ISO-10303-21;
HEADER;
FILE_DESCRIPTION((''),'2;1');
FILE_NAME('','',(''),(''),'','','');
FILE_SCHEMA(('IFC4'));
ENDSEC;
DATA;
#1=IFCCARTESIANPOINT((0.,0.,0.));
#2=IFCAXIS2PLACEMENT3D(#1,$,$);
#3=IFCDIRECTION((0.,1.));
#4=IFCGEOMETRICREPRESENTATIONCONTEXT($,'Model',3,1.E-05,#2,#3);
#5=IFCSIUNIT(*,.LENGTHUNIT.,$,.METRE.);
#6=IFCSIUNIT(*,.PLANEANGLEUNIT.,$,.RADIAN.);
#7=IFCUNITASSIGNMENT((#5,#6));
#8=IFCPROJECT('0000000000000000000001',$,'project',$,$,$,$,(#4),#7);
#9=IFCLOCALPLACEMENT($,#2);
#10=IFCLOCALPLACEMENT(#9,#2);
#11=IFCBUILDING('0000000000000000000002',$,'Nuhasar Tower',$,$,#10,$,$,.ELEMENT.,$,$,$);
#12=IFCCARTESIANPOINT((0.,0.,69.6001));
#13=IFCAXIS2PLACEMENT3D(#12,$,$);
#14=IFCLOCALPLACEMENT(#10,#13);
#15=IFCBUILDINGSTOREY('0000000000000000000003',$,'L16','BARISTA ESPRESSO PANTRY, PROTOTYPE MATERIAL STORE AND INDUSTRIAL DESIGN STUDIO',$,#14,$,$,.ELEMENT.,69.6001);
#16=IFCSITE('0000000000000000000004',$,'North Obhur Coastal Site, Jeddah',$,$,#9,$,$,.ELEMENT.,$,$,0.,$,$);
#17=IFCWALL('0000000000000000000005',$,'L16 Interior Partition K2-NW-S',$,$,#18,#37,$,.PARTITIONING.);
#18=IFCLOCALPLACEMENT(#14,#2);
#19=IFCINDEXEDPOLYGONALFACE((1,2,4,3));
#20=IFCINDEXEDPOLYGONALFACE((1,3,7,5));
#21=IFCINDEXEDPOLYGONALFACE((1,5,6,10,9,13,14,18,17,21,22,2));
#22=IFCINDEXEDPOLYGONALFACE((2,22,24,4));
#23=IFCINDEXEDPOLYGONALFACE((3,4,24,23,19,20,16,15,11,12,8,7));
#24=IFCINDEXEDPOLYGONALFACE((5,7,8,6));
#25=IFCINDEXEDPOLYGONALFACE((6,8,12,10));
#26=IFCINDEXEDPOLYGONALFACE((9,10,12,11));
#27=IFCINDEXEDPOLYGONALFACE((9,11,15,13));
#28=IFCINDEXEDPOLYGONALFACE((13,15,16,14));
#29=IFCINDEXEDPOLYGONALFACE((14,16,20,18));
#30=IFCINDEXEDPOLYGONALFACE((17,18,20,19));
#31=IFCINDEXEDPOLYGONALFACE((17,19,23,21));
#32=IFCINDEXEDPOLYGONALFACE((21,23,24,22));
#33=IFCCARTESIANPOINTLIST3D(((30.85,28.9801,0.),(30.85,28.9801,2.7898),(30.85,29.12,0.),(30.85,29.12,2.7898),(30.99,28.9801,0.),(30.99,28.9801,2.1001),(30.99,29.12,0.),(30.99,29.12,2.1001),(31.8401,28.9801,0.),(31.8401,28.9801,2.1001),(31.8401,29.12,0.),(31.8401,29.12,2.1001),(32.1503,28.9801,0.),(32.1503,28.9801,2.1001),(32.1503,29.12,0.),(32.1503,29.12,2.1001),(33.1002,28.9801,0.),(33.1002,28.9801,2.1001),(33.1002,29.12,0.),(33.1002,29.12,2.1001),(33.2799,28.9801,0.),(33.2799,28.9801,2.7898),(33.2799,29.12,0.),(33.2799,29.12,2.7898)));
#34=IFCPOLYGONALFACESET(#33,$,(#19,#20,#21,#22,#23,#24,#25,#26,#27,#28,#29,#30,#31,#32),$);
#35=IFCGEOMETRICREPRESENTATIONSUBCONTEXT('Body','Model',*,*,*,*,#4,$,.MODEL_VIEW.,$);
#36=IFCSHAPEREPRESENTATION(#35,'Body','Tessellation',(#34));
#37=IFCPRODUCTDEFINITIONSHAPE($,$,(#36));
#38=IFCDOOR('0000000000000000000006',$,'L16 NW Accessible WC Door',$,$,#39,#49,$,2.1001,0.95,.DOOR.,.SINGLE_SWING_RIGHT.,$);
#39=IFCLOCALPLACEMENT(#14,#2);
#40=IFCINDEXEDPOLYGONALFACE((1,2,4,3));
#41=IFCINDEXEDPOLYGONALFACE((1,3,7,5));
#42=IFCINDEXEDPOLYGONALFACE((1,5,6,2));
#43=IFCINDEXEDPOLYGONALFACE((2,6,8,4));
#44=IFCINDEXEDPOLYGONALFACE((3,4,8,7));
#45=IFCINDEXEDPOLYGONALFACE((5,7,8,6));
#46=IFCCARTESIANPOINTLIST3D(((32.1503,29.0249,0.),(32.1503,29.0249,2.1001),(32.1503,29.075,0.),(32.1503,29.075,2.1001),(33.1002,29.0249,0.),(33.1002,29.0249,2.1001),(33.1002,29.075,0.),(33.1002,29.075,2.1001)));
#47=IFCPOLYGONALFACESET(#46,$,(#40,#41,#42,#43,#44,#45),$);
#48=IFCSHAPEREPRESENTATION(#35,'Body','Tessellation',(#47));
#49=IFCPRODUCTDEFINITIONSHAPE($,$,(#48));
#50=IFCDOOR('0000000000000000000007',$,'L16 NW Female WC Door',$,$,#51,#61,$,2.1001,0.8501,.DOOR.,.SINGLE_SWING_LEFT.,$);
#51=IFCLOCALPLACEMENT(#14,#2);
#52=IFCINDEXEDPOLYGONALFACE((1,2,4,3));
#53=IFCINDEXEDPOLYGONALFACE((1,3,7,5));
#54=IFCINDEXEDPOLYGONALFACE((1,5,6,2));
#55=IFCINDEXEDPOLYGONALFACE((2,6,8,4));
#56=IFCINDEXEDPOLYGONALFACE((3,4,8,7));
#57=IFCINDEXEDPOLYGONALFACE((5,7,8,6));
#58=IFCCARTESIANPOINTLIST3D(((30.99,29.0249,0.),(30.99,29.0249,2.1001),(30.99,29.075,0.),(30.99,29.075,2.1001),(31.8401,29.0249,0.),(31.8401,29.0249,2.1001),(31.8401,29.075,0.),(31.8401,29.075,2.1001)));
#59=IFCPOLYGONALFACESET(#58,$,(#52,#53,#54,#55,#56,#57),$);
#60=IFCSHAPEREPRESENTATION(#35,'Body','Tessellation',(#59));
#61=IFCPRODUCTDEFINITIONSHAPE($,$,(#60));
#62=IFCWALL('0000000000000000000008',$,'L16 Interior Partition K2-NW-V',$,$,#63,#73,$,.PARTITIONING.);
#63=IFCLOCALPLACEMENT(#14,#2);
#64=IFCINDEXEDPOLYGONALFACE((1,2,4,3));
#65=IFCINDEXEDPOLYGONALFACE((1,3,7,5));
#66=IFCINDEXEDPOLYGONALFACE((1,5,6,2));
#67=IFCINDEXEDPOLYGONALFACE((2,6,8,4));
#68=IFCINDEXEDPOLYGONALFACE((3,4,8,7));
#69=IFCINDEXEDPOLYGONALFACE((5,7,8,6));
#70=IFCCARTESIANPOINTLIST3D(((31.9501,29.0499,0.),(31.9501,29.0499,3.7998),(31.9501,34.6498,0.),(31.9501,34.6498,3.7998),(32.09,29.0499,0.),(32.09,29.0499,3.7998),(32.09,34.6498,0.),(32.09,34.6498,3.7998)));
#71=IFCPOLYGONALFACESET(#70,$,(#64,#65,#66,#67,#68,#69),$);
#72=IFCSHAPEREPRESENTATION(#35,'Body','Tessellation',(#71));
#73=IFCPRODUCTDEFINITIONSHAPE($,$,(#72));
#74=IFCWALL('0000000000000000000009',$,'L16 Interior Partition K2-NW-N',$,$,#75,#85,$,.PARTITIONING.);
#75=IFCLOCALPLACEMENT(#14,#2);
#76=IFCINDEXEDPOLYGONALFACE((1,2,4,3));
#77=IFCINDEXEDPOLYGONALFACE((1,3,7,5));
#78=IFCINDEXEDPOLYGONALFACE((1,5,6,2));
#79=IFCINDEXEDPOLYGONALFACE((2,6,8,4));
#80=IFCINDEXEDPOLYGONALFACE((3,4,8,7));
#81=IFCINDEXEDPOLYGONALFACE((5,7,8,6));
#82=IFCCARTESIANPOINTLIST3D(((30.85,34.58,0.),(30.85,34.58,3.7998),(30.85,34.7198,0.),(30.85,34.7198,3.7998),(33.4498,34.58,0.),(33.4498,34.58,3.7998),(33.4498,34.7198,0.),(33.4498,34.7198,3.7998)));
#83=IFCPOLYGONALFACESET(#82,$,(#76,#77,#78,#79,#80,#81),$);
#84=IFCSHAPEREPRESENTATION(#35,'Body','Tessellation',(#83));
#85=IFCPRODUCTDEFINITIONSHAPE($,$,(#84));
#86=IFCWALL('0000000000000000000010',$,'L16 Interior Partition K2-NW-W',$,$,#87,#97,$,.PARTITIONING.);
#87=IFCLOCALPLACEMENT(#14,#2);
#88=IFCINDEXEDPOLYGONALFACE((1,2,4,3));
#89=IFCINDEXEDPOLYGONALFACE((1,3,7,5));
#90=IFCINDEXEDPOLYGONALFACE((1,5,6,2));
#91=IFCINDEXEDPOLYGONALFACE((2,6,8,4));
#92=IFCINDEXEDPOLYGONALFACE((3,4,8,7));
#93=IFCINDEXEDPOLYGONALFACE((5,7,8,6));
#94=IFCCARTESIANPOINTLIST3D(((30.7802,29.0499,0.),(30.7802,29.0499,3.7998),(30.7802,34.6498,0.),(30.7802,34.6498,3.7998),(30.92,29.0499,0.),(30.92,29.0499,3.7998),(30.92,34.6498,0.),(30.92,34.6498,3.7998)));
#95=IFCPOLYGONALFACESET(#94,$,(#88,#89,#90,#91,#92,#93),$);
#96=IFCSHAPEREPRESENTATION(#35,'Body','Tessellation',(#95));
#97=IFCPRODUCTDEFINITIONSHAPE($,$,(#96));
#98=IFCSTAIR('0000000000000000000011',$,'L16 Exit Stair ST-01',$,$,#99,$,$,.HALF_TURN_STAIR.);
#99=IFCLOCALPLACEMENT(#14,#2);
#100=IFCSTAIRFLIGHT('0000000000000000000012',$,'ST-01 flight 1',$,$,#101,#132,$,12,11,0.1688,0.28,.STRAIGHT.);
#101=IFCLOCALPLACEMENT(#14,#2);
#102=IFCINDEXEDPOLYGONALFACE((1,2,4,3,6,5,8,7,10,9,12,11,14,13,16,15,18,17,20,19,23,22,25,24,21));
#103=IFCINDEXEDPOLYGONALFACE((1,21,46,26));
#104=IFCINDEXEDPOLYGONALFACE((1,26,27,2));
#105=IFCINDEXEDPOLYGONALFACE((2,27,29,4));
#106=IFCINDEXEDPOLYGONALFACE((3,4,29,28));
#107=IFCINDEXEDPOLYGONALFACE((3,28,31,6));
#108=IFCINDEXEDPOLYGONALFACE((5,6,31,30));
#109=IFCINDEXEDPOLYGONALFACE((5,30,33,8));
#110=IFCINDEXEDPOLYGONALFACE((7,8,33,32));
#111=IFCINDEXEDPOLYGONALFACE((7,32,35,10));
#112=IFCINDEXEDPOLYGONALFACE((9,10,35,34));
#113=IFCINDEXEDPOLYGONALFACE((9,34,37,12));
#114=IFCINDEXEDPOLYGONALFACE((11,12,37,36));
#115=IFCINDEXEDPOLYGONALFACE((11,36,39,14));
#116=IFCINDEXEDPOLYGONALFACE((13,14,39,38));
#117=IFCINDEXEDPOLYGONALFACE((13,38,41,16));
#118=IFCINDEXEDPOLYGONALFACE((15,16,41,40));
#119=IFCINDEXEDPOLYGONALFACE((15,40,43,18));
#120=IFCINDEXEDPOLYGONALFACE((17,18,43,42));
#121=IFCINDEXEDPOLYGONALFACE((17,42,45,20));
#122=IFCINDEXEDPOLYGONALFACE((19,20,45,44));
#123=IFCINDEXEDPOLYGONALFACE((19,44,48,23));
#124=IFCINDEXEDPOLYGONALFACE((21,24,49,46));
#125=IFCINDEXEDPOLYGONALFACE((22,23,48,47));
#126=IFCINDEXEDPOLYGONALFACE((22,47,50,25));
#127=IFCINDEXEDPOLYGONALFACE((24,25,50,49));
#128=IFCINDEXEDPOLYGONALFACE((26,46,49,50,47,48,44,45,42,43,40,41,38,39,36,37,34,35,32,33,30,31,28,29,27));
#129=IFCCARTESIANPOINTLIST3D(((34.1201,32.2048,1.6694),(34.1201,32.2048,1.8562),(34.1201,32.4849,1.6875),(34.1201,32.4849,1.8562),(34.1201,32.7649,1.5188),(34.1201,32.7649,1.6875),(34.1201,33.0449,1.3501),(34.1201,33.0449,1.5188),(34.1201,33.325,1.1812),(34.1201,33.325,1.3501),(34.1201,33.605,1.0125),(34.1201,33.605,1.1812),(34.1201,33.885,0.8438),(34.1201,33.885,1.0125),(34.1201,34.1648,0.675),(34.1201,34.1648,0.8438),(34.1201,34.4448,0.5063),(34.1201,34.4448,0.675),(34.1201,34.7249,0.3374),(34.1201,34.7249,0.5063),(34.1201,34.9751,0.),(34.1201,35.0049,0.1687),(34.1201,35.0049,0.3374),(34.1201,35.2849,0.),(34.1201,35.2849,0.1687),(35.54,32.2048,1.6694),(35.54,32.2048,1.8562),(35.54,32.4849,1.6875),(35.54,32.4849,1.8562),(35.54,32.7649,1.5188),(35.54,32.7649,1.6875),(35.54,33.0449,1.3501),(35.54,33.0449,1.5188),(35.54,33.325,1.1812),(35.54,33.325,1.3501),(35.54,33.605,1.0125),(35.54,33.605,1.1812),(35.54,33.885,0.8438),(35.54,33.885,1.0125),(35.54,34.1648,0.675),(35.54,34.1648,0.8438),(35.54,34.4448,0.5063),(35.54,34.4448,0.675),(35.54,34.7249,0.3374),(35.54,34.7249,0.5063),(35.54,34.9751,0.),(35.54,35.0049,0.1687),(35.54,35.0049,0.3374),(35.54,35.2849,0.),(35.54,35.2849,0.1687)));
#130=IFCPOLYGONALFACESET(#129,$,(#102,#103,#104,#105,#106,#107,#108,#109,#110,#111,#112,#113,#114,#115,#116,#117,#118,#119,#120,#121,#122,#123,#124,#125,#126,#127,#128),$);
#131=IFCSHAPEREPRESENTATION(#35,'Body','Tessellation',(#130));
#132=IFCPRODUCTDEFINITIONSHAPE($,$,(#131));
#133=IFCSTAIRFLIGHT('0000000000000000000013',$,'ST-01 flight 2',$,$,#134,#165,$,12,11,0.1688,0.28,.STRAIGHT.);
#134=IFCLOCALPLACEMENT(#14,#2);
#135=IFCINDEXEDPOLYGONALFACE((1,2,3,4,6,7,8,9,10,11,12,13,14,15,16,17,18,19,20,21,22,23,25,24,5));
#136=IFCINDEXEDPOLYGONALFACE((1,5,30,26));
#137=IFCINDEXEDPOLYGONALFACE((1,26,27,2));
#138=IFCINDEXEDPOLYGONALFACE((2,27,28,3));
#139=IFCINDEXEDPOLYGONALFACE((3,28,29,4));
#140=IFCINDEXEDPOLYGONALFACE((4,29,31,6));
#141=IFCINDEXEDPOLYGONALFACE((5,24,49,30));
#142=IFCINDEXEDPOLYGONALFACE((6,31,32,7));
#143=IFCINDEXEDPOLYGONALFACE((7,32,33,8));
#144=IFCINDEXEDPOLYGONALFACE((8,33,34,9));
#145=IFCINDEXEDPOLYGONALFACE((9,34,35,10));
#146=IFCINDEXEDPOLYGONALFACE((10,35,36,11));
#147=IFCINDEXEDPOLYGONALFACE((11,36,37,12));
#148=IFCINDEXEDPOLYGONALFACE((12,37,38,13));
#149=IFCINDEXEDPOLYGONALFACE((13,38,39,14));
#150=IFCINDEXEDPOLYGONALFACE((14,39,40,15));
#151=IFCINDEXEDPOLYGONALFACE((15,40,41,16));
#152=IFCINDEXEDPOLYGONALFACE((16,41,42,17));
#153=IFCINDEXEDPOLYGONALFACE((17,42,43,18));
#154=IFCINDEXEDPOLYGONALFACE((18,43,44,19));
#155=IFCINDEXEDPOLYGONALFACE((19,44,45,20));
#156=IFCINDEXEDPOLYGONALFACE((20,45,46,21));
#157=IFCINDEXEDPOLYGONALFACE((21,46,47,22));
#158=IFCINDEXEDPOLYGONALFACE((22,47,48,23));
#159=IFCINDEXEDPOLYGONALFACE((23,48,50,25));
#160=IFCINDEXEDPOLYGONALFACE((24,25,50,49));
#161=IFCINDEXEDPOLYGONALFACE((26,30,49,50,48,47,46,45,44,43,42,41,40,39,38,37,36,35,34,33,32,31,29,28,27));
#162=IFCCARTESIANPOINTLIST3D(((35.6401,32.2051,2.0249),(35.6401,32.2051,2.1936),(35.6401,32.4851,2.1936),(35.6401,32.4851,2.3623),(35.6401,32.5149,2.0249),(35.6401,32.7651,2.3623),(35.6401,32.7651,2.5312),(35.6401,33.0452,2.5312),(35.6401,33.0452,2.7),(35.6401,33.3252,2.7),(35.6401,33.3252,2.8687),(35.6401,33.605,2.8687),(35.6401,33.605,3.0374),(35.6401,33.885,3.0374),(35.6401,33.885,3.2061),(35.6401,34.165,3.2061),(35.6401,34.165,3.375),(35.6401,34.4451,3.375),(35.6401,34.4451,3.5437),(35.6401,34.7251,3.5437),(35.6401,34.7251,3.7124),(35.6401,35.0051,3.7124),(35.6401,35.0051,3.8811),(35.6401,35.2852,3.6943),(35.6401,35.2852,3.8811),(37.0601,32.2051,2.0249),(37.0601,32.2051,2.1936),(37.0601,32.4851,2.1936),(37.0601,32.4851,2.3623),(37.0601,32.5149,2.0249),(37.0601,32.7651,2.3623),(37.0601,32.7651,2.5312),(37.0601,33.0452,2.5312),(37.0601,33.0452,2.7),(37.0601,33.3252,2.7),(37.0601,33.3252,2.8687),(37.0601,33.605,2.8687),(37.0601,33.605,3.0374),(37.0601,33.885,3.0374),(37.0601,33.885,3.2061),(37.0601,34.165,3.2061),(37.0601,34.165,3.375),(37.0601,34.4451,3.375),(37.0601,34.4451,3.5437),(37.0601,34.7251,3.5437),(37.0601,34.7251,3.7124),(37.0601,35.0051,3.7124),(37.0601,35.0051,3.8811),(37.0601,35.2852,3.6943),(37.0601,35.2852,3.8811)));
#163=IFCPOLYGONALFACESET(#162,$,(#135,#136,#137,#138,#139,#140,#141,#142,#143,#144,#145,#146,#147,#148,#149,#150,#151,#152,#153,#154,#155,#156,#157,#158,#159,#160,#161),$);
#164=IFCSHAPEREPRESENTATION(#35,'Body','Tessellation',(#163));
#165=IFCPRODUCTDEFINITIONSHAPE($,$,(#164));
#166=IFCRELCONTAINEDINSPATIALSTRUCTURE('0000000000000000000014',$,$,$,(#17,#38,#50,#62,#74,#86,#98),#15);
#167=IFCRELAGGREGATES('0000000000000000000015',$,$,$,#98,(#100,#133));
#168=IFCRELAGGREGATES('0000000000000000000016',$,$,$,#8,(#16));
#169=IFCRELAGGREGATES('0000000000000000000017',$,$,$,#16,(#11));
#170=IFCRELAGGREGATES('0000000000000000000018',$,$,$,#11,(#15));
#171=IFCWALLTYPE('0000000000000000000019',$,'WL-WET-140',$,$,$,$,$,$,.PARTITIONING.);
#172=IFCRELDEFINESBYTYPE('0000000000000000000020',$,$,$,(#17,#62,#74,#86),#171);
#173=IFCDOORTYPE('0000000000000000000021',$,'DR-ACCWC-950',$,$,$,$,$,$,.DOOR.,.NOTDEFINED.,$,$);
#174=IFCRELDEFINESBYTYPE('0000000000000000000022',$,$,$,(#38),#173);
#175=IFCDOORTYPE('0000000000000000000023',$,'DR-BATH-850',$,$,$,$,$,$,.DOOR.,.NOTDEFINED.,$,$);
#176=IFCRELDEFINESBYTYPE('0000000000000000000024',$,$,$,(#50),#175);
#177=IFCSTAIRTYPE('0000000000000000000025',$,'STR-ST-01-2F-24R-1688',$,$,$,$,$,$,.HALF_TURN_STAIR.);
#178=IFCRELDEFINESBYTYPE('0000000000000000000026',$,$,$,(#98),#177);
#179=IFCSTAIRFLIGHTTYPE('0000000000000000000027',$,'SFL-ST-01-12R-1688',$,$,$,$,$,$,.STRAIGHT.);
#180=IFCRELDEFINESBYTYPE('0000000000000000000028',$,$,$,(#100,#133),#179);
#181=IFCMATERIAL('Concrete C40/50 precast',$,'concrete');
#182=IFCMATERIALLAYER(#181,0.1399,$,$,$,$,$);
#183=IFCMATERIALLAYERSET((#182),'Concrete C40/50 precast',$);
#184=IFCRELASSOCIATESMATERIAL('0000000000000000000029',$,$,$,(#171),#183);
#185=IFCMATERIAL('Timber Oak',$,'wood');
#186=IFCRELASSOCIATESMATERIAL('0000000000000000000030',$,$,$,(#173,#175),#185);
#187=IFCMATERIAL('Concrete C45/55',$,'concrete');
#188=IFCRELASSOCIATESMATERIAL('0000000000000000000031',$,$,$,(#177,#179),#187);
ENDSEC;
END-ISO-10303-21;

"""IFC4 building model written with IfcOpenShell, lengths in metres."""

from ifc_helpers import new_model, si_unit, direction, frame, frame_2d, origin, place, context, subcontext, project, spatial, polyline, rectangle, outline, extrude, material, layer, layer_set, type_object, element, fill, aggregate, save


model = new_model("IFC4")

# Units and contexts
model_context = context("Model", 3, precision=1e-05, world=origin(), true_north=direction((0.0, 1.0)))
body_context = subcontext(model_context, "Body", "Model", "MODEL_VIEW")
ifc_project = project(units=[si_unit("LENGTHUNIT", "METRE"), si_unit("PLANEANGLEUNIT", "RADIAN")], contexts=[model_context])

# Site, building, storey
site_placement = place(None, origin())
site = spatial("IfcSite", under=ifc_project, at=site_placement, Name="North Obhur Coastal Site, Jeddah", CompositionType="ELEMENT", RefElevation=0.0)
building_placement = place(site_placement, origin())
building = spatial("IfcBuilding", under=site, at=building_placement, Name="Nuhasar Tower", CompositionType="ELEMENT")
storey_placement = place(building_placement, frame((0.0, 0.0, 69.6001)))
storey = spatial("IfcBuildingStorey", under=building, at=storey_placement, Name="L16", Description="BARISTA ESPRESSO PANTRY, PROTOTYPE MATERIAL STORE AND INDUSTRIAL DESIGN STUDIO", CompositionType="ELEMENT", Elevation=69.6001)

# Shared definitions
ifc_material_1 = material(Name="Concrete C40/50 precast", Category="concrete")
ifc_layer_1 = layer(ifc_material_1, 0.1399)
ifc_layer_set_1 = layer_set([ifc_layer_1], Name="Concrete C40/50 precast")
wall_type_1 = type_object("IfcWallType", Name="WL-WET-140", PredefinedType="PARTITIONING", material=ifc_layer_set_1)

# Wall, openings, doors
wall_1_placement = place(storey_placement, frame((30.8501, 29.05, 0.0), z_axis=(0.0, 0.0, 1.0), x_axis=(1.0, 0.0, 0.0)))
wall_1 = element("IfcWall", 1, at=wall_1_placement, inside=storey, type_object=wall_type_1, Name="L16 Interior Partition K2-NW-S", PredefinedType="PARTITIONING", context=body_context, shape_type="SweptSolid", body=[
    extrude(rectangle(XDim=2.4299, YDim=0.1399, at=frame_2d((1.2148, 0.0))), origin(), (0.0, 0.0, 1.0), 2.7898),
])
opening_1_placement = place(wall_1_placement, frame((0.1399, 0.0, 0.0)))
opening_1 = element("IfcOpeningElement", 2, at=opening_1_placement, cuts=wall_1, PredefinedType="OPENING", context=body_context, shape_type="SweptSolid", body=[
    extrude(rectangle(XDim=0.8501, YDim=2.1001, at=frame_2d((0.425, 1.05))), frame((0.0, 0.0801, 0.0), z_axis=(0.0, -1.0, 0.0), x_axis=(1.0, 0.0, 0.0)), (0.0, 0.0, 1.0), 0.1599),
])
opening_2_placement = place(wall_1_placement, frame((1.3, 0.0, 0.0)))
opening_2 = element("IfcOpeningElement", 3, at=opening_2_placement, cuts=wall_1, PredefinedType="OPENING", context=body_context, shape_type="SweptSolid", body=[
    extrude(rectangle(XDim=0.95, YDim=2.1001, at=frame_2d((0.4751, 1.05))), frame((0.0, 0.0801, 0.0), z_axis=(0.0, -1.0, 0.0), x_axis=(1.0, 0.0, 0.0)), (0.0, 0.0, 1.0), 0.1599),
])
ifc_material_2 = material(Name="Timber Oak", Category="wood")
door_type_1 = type_object("IfcDoorType", Name="DR-ACCWC-950", OperationType="NOTDEFINED", PredefinedType="DOOR", material=ifc_material_2)
door_1_placement = place(opening_2_placement, origin())
door_1 = element("IfcDoor", 4, at=door_1_placement, inside=storey, type_object=door_type_1, Name="L16 NW Accessible WC Door", OperationType="SINGLE_SWING_RIGHT", OverallHeight=2.1001, OverallWidth=0.95, PredefinedType="DOOR", context=body_context, shape_type="SweptSolid", body=[
    extrude(rectangle(XDim=0.95, YDim=2.1001, at=frame_2d((0.4751, 1.05))), frame((0.0, 0.0249, 0.0), z_axis=(0.0, -1.0, 0.0), x_axis=(1.0, 0.0, 0.0)), (0.0, 0.0, 1.0), 0.05),
])
fill(opening_2, door_1)
door_type_2 = type_object("IfcDoorType", Name="DR-BATH-850", OperationType="NOTDEFINED", PredefinedType="DOOR", material=ifc_material_2)
door_2_placement = place(opening_1_placement, origin())
door_2 = element("IfcDoor", 5, at=door_2_placement, inside=storey, type_object=door_type_2, Name="L16 NW Female WC Door", OperationType="SINGLE_SWING_LEFT", OverallHeight=2.1001, OverallWidth=0.8501, PredefinedType="DOOR", context=body_context, shape_type="SweptSolid", body=[
    extrude(rectangle(XDim=0.8501, YDim=2.1001, at=frame_2d((0.425, 1.05))), frame((0.0, 0.0249, 0.0), z_axis=(0.0, -1.0, 0.0), x_axis=(1.0, 0.0, 0.0)), (0.0, 0.0, 1.0), 0.05),
])
fill(opening_1, door_2)

# Walls
wall_2_placement = place(storey_placement, frame((32.02, 29.05, 0.0), z_axis=(0.0, 0.0, 1.0), x_axis=(0.0, 1.0, 0.0)))
element("IfcWall", 6, at=wall_2_placement, inside=storey, type_object=wall_type_1, Name="L16 Interior Partition K2-NW-V", PredefinedType="PARTITIONING", context=body_context, shape_type="SweptSolid", body=[
    extrude(rectangle(XDim=5.5999, YDim=0.1399, at=frame_2d((2.7998, 0.0))), origin(), (0.0, 0.0, 1.0), 3.7998),
])
wall_3_placement = place(storey_placement, frame((30.8501, 34.6499, 0.0), z_axis=(0.0, 0.0, 1.0), x_axis=(1.0, 0.0, 0.0)))
element("IfcWall", 7, at=wall_3_placement, inside=storey, type_object=wall_type_1, Name="L16 Interior Partition K2-NW-N", PredefinedType="PARTITIONING", context=body_context, shape_type="SweptSolid", body=[
    extrude(rectangle(XDim=2.5999, YDim=0.1399, at=frame_2d((1.2998, 0.0))), origin(), (0.0, 0.0, 1.0), 3.7998),
])
wall_4_placement = place(storey_placement, frame((30.8501, 29.05, 0.0), z_axis=(0.0, 0.0, 1.0), x_axis=(0.0, 1.0, 0.0)))
element("IfcWall", 8, at=wall_4_placement, inside=storey, type_object=wall_type_1, Name="L16 Interior Partition K2-NW-W", PredefinedType="PARTITIONING", context=body_context, shape_type="SweptSolid", body=[
    extrude(rectangle(XDim=5.5999, YDim=0.1399, at=frame_2d((2.7998, 0.0))), origin(), (0.0, 0.0, 1.0), 3.7998),
])

# Stair, stair flights
ifc_material_3 = material(Name="Concrete C45/55", Category="concrete")
stair_type_1 = type_object("IfcStairType", Name="STR-ST-01-2F-24R-1688", PredefinedType="HALF_TURN_STAIR", material=ifc_material_3)
stair_1_placement = place(storey_placement, origin())
stair_1 = element("IfcStair", 9, at=stair_1_placement, inside=storey, type_object=stair_type_1, Name="L16 Exit Stair ST-01", PredefinedType="HALF_TURN_STAIR")
stair_flight_type_1 = type_object("IfcStairFlightType", Name="SFL-ST-01-12R-1688", PredefinedType="STRAIGHT", material=ifc_material_3)
stair_flight_1_placement = place(storey_placement, frame((34.8301, 35.2849, 0.0), z_axis=(0.0, 0.0, 1.0), x_axis=(0.0, -1.0, 0.0)))
stair_flight_1 = element("IfcStairFlight", 10, at=stair_flight_1_placement, type_object=stair_flight_type_1, Name="ST-01 flight 1", NumberOfRisers=12, NumberOfTreads=11, PredefinedType="STRAIGHT", RiserHeight=0.1688, TreadLength=0.28, context=body_context, shape_type="SweptSolid", body=[
    extrude(outline(polyline([(0.0, 0.0), (0.0, 0.1687), (0.28, 0.1687), (0.28, 0.3374), (0.5601, 0.3374), (0.5601, 0.5063), (0.8401, 0.5063), (0.8401, 0.675), (1.1201, 0.675), (1.1201, 0.8438), (1.3999, 0.8438), (1.3999, 1.0125), (1.6799, 1.0125), (1.6799, 1.1812), (1.96, 1.1812), (1.96, 1.3501), (2.24, 1.3501), (2.24, 1.5188), (2.52, 1.5188), (2.52, 1.6875), (2.8, 1.6875), (2.8, 1.8562), (3.0801, 1.8562), (3.0801, 2.0249), (3.0801, 1.6694), (0.3098, 0.0), (0.0, 0.0)])), frame((0.0, 0.71, 0.0), z_axis=(0.0, -1.0, 0.0), x_axis=(1.0, 0.0, 0.0)), (0.0, 0.0, 1.0), 1.4199),
])
stair_flight_2_placement = place(storey_placement, frame((36.3501, 32.2051, 2.0249), z_axis=(0.0, 0.0, 1.0), x_axis=(0.0, 1.0, 0.0)))
stair_flight_2 = element("IfcStairFlight", 11, at=stair_flight_2_placement, type_object=stair_flight_type_1, Name="ST-01 flight 2", NumberOfRisers=12, NumberOfTreads=11, PredefinedType="STRAIGHT", RiserHeight=0.1688, TreadLength=0.28, context=body_context, shape_type="SweptSolid", body=[
    extrude(outline(polyline([(0.0, 0.0), (0.0, 0.1687), (0.28, 0.1687), (0.28, 0.3374), (0.5601, 0.3374), (0.5601, 0.5063), (0.8401, 0.5063), (0.8401, 0.675), (1.1201, 0.675), (1.1201, 0.8438), (1.3999, 0.8438), (1.3999, 1.0125), (1.6799, 1.0125), (1.6799, 1.1812), (1.96, 1.1812), (1.96, 1.3501), (2.24, 1.3501), (2.24, 1.5188), (2.52, 1.5188), (2.52, 1.6875), (2.8, 1.6875), (2.8, 1.8562), (3.0801, 1.8562), (3.0801, 2.0249), (3.0801, 1.6694), (0.3098, 0.0), (0.0, 0.0)])), frame((0.0, 0.71, 0.0), z_axis=(0.0, -1.0, 0.0), x_axis=(1.0, 0.0, 0.0)), (0.0, 0.0, 1.0), 1.4199),
])
aggregate(stair_1, [stair_flight_1, stair_flight_2])

save(model, "model.ifc")
